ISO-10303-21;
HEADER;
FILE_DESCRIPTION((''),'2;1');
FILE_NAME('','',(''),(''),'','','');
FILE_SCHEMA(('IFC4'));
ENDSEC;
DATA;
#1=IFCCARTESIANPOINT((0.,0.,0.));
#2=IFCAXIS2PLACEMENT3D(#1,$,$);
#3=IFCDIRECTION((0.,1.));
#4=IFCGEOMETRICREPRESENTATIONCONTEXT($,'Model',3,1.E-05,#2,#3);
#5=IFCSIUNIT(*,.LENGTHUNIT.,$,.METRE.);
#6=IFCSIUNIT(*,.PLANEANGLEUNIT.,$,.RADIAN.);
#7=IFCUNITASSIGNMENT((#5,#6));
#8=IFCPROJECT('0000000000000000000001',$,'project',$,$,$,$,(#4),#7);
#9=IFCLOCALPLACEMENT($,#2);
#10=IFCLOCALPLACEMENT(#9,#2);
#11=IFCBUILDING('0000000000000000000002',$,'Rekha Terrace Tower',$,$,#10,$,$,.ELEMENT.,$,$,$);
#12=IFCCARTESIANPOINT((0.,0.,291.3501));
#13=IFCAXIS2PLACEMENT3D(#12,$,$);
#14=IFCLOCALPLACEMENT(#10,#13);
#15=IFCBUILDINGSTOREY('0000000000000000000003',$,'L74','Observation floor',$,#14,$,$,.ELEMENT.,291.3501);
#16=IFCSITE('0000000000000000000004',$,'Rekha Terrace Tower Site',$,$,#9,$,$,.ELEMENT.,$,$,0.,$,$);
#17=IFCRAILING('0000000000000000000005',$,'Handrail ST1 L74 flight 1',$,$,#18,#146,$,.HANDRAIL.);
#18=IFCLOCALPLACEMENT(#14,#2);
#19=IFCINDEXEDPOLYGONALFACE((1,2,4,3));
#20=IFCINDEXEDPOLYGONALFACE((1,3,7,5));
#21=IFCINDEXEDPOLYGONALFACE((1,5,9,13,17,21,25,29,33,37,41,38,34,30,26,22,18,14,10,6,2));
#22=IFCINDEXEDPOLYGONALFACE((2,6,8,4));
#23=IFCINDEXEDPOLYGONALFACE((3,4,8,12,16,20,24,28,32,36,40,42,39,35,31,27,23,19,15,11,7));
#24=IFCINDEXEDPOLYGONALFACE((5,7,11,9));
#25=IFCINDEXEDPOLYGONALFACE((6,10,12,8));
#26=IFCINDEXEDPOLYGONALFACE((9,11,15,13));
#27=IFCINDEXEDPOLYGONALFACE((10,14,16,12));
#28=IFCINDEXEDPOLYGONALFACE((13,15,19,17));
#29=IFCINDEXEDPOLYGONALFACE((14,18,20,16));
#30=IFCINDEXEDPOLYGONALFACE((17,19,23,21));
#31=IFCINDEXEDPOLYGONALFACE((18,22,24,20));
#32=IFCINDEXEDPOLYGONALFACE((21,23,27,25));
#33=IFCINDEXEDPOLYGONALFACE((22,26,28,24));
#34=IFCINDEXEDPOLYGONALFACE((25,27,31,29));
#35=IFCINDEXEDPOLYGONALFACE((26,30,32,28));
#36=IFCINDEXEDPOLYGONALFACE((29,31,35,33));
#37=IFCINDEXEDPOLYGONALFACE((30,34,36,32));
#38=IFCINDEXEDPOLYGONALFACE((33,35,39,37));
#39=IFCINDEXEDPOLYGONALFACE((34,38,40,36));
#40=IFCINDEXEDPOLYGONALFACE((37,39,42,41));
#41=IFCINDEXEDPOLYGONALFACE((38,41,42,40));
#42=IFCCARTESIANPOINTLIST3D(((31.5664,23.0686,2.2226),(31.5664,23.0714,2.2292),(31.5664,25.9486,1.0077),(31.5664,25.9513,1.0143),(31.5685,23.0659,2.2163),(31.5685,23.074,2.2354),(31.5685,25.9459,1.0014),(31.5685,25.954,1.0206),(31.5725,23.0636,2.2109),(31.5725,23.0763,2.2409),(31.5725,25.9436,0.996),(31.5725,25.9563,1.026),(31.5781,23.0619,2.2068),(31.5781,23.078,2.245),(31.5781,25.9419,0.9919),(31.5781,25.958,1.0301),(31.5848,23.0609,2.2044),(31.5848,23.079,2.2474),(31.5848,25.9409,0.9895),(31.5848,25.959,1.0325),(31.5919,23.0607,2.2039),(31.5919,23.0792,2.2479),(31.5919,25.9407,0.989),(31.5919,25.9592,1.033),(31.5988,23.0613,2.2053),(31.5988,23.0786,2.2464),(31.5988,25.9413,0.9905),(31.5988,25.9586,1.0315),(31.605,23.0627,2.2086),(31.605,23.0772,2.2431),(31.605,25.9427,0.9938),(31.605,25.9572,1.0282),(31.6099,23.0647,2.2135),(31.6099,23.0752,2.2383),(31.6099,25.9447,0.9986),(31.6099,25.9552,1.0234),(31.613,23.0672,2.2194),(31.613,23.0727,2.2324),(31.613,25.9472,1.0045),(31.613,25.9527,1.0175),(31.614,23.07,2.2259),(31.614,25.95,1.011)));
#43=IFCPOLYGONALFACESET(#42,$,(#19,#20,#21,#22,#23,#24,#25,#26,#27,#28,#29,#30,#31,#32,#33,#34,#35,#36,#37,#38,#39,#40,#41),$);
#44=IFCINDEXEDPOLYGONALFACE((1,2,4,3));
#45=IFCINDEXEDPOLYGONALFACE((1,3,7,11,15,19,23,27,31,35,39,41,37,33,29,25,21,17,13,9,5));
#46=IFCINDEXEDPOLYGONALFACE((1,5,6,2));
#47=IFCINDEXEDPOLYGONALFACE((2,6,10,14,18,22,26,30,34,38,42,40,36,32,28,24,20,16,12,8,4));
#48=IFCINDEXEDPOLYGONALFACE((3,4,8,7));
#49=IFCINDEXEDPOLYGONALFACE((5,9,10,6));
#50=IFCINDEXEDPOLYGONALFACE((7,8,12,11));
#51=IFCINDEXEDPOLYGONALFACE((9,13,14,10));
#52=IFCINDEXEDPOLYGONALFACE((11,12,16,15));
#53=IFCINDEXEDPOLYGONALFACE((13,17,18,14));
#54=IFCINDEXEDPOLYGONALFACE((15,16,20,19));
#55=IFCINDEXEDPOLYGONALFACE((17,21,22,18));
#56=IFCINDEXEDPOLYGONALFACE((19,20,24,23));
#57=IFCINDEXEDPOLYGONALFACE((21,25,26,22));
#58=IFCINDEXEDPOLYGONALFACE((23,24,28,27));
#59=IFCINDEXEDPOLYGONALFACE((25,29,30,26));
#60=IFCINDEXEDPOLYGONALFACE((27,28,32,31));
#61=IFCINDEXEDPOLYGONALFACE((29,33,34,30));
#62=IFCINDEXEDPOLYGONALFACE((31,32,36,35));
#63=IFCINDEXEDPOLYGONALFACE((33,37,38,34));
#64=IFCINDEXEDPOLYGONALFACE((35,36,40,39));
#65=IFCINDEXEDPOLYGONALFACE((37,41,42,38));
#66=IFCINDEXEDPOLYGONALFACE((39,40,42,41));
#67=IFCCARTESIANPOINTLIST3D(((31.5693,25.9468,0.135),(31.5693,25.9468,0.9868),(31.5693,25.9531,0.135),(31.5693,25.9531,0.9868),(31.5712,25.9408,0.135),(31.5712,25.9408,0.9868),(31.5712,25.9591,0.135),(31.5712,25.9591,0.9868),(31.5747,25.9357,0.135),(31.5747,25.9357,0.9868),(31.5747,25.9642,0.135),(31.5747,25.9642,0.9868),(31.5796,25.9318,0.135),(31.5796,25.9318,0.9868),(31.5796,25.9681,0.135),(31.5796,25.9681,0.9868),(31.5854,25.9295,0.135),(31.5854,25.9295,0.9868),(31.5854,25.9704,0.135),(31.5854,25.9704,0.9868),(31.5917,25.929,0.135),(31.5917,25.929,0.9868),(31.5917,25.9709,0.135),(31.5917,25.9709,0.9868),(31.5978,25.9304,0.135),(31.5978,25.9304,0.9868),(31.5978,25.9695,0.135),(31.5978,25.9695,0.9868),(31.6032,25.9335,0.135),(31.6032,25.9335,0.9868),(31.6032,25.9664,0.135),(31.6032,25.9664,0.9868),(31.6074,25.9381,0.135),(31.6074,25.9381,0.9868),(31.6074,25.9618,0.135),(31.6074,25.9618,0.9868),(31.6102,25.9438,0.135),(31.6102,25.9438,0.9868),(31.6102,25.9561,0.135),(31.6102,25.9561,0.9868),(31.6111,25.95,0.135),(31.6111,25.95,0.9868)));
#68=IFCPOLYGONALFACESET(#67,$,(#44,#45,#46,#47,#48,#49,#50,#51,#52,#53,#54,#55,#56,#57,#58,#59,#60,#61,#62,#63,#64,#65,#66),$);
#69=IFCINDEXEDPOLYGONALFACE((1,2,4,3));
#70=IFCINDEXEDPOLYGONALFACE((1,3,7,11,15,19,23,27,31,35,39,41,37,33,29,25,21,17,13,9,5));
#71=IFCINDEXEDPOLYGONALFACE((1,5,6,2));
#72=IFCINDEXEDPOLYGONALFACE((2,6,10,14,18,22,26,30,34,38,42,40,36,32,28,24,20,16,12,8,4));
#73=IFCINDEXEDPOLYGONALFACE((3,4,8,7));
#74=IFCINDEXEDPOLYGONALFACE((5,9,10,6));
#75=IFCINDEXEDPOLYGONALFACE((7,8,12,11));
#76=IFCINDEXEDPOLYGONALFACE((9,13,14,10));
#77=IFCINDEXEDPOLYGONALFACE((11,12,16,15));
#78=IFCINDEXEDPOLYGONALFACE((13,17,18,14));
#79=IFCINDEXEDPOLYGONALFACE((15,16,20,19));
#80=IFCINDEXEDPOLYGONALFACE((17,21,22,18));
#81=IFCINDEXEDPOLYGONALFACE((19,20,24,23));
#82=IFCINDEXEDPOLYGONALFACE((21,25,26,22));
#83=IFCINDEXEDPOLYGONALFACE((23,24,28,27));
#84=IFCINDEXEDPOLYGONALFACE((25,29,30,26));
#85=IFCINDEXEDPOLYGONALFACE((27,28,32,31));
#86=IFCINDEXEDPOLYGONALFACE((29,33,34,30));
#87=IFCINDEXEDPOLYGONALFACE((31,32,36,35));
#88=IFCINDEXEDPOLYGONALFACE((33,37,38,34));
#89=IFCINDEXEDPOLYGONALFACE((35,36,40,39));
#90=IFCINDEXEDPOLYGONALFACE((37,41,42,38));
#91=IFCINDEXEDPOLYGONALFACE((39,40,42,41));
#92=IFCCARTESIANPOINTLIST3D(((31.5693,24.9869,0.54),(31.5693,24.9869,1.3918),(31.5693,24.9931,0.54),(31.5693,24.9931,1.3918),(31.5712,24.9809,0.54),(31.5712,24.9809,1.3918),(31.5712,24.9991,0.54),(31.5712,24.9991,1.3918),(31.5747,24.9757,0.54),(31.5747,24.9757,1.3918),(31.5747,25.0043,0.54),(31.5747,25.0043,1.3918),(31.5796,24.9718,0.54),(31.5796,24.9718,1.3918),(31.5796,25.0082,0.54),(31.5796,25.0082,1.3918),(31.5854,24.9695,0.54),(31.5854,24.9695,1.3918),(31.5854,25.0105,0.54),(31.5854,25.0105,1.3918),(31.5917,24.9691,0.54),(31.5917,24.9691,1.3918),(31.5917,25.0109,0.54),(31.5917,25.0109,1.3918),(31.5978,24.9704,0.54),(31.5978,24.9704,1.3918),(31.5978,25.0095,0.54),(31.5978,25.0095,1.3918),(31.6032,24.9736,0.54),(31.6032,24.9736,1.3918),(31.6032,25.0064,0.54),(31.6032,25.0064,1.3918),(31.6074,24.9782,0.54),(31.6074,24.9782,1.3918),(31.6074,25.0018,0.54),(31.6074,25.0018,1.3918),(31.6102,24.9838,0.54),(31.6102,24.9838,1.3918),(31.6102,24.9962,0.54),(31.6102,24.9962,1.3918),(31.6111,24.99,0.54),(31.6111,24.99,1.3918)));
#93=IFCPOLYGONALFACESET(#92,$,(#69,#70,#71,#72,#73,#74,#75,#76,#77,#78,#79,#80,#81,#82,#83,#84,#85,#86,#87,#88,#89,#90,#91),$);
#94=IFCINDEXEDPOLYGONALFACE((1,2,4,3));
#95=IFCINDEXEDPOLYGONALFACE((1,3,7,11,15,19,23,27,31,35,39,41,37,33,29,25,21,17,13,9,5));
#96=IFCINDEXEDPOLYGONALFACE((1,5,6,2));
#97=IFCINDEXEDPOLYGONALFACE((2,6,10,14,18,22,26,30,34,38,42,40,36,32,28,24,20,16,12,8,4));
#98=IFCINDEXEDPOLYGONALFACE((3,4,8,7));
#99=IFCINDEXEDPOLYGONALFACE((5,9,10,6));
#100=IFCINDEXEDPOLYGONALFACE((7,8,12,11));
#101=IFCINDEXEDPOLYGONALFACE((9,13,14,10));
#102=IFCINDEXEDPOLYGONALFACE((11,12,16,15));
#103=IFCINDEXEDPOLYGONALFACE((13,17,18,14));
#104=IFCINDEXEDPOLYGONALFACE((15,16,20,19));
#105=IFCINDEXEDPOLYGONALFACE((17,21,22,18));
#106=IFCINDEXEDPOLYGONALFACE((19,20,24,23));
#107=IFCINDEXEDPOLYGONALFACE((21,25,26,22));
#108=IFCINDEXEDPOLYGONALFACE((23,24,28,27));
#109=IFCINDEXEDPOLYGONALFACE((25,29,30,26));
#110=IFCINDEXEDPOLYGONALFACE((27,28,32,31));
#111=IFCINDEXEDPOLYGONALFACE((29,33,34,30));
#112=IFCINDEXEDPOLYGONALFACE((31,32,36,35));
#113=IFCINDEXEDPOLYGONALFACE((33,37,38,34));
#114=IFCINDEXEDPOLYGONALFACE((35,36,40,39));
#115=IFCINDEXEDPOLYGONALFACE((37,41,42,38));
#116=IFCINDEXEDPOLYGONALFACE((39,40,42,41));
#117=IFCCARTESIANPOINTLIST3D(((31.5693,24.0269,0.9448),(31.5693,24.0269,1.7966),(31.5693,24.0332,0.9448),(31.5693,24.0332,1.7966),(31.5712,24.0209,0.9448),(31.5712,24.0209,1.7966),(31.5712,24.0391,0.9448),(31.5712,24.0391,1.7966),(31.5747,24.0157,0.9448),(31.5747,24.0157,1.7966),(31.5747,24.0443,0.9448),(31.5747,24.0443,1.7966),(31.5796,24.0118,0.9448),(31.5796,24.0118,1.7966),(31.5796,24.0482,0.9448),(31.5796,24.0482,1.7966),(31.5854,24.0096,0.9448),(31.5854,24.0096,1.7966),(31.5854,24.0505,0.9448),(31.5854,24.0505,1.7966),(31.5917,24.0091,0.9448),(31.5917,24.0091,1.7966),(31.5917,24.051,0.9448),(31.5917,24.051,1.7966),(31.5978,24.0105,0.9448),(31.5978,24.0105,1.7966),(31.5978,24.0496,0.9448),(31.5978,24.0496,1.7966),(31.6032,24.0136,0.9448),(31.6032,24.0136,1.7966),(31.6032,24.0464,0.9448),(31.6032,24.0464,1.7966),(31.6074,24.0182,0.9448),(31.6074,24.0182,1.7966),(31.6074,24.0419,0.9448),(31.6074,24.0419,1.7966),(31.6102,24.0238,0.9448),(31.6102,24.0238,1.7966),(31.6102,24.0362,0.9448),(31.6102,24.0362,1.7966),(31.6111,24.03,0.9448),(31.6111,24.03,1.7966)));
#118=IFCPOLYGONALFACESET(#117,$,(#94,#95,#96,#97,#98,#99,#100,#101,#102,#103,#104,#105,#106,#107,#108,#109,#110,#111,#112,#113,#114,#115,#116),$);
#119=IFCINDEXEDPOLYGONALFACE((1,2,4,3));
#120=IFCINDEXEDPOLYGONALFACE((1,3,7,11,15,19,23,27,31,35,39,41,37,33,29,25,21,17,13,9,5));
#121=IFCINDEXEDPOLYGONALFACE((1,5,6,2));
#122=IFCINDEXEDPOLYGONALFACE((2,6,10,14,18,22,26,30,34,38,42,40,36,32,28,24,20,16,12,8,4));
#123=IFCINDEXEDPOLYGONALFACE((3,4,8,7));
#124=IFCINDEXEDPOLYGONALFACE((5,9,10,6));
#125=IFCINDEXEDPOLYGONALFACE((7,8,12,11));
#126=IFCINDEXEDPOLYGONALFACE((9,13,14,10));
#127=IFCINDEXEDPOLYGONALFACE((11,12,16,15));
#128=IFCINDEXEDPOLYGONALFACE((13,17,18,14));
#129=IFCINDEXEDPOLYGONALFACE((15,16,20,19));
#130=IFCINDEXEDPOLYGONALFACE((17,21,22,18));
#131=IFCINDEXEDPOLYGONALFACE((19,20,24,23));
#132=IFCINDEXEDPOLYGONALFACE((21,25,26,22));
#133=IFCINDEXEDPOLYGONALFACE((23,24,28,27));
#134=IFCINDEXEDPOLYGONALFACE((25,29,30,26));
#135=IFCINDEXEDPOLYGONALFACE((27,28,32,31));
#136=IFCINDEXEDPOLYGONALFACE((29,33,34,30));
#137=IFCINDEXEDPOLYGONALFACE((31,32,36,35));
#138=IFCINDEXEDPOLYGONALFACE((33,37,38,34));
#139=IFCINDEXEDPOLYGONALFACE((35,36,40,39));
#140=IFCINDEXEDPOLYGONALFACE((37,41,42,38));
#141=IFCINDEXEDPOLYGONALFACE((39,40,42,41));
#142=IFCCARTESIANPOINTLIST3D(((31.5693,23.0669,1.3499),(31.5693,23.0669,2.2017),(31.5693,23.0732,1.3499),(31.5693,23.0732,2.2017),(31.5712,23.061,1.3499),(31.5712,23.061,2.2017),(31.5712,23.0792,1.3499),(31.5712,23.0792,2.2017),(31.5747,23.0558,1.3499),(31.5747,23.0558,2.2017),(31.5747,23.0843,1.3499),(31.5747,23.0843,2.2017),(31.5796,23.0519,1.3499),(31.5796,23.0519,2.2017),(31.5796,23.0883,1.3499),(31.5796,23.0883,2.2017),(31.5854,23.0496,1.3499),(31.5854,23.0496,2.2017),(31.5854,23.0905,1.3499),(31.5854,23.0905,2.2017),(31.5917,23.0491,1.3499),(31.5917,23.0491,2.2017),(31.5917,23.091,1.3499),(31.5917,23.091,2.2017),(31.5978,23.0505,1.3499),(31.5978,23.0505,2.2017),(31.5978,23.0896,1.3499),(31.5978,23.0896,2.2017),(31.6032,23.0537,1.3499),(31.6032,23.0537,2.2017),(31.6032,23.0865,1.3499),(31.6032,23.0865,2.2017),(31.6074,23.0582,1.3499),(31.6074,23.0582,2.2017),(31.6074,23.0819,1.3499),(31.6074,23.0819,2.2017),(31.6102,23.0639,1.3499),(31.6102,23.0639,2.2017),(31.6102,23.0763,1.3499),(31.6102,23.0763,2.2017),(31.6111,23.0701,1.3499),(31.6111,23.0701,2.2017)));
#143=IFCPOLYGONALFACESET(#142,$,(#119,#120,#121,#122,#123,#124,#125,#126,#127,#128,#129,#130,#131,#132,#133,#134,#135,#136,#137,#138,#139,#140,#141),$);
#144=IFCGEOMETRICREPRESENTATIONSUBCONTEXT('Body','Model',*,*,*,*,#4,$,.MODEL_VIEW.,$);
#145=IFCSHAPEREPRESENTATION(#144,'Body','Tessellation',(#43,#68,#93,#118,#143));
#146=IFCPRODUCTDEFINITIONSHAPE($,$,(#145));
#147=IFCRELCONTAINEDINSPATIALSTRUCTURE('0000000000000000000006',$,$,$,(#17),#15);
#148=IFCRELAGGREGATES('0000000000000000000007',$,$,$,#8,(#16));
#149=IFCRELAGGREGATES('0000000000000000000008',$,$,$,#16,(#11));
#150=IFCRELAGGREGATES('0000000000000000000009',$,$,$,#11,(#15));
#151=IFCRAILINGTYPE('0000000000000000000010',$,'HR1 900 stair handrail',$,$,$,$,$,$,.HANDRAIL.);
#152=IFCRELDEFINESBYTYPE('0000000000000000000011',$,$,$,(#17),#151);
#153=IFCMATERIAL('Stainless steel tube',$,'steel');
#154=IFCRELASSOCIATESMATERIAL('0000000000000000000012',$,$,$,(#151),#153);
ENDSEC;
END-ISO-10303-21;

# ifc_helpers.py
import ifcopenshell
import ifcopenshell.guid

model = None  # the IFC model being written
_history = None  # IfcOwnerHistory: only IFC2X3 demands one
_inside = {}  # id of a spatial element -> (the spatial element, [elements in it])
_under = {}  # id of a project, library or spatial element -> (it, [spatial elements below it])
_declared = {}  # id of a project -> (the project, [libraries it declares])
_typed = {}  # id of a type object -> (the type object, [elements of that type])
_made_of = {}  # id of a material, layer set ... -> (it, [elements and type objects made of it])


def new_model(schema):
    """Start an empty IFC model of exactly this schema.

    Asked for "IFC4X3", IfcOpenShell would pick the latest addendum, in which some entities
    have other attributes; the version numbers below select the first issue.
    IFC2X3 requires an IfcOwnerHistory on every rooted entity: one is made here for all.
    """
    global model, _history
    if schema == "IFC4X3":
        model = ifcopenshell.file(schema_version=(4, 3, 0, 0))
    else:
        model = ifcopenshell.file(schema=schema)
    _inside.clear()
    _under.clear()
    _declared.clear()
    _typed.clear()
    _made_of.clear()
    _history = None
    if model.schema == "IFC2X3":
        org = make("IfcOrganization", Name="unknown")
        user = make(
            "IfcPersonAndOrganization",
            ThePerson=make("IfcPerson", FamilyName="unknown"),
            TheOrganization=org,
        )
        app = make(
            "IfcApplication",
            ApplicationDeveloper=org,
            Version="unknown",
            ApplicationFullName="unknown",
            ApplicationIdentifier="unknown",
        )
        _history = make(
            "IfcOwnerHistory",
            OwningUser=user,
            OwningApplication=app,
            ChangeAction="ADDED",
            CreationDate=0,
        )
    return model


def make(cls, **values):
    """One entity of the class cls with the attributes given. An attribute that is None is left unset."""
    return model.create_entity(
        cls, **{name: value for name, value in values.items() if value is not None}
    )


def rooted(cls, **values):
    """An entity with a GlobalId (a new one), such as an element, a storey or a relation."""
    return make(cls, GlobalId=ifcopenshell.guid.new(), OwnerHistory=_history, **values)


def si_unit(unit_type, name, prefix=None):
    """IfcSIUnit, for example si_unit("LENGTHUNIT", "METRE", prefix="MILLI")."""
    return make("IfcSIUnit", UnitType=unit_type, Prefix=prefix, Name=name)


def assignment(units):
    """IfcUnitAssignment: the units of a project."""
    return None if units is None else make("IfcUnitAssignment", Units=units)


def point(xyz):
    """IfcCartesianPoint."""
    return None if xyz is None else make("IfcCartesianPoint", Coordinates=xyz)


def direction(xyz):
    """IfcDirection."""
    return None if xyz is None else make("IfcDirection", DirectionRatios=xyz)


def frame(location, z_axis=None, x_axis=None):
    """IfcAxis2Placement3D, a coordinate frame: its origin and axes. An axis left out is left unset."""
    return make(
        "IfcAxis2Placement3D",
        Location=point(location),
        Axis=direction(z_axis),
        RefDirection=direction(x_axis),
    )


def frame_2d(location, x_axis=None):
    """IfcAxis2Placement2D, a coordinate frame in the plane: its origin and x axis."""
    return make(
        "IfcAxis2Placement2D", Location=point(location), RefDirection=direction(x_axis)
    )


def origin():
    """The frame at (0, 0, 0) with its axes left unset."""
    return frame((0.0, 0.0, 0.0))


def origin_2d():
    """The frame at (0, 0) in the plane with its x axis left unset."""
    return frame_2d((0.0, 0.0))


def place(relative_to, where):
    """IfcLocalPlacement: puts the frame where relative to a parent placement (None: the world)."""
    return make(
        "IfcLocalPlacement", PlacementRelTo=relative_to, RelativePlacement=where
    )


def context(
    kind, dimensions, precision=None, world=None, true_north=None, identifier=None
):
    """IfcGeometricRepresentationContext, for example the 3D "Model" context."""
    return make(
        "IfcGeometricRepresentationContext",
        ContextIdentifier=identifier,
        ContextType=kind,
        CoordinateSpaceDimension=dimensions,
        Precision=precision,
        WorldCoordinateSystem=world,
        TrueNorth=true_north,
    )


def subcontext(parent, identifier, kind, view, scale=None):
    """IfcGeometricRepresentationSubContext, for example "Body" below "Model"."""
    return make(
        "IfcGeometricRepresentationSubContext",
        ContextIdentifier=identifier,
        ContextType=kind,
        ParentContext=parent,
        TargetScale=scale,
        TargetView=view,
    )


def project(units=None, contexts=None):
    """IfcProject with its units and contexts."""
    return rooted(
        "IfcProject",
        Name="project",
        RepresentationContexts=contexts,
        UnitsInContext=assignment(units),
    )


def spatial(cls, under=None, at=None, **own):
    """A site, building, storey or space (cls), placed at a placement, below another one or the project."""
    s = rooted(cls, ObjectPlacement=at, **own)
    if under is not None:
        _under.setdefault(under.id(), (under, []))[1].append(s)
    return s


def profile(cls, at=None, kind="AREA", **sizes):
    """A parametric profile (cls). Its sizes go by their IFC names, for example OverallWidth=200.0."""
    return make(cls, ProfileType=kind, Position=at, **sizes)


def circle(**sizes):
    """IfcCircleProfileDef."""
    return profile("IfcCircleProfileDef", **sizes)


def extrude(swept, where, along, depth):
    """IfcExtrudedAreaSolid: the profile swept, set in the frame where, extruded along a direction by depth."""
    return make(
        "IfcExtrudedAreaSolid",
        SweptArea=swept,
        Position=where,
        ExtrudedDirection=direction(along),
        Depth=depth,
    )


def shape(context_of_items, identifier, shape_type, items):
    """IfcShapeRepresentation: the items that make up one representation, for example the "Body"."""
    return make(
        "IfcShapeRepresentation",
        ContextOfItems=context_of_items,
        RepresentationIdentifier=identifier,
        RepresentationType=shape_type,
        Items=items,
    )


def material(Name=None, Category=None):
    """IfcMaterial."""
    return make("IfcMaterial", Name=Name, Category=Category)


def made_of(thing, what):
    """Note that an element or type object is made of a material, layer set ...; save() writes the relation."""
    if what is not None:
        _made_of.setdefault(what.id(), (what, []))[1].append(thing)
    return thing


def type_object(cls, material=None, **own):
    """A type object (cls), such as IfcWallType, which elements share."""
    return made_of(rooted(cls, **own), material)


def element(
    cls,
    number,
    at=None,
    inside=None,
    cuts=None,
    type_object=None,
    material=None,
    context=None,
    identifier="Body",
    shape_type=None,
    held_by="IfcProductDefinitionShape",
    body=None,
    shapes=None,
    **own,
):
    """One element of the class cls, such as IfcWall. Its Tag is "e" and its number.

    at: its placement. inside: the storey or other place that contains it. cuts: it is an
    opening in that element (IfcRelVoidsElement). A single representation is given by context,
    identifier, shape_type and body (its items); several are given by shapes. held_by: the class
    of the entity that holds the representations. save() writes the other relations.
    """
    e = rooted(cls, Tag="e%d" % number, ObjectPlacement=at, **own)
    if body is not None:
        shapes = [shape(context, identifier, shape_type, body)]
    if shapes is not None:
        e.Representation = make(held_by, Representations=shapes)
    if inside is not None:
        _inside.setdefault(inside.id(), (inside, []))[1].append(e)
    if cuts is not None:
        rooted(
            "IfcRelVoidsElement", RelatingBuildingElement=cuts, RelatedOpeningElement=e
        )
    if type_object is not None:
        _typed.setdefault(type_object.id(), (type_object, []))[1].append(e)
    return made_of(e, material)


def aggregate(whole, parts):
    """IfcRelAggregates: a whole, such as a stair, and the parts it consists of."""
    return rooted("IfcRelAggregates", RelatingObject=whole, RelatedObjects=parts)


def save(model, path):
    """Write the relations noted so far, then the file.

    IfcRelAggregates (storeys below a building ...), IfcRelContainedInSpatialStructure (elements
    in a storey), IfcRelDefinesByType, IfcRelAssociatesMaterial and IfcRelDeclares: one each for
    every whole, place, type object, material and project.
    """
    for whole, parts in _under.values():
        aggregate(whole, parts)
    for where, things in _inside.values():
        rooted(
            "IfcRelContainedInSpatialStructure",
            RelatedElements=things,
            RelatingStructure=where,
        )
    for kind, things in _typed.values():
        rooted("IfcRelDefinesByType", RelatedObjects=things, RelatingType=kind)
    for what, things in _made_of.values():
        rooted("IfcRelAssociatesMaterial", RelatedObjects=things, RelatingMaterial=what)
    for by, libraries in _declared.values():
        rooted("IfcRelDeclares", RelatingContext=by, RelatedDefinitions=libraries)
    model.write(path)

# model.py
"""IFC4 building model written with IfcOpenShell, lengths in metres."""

from ifc_helpers import new_model, si_unit, direction, frame, origin, origin_2d, place, context, subcontext, project, spatial, circle, extrude, material, type_object, element, save


model = new_model("IFC4")

# Units and contexts
model_context = context("Model", 3, precision=1e-05, world=origin(), true_north=direction((0.0, 1.0)))
body_context = subcontext(model_context, "Body", "Model", "MODEL_VIEW")
ifc_project = project(units=[si_unit("LENGTHUNIT", "METRE"), si_unit("PLANEANGLEUNIT", "RADIAN")], contexts=[model_context])

# Site, building, storey
site_placement = place(None, origin())
site = spatial("IfcSite", under=ifc_project, at=site_placement, Name="Rekha Terrace Tower Site", CompositionType="ELEMENT", RefElevation=0.0)
building_placement = place(site_placement, origin())
building = spatial("IfcBuilding", under=site, at=building_placement, Name="Rekha Terrace Tower", CompositionType="ELEMENT")
storey_placement = place(building_placement, frame((0.0, 0.0, 291.3501)))
storey = spatial("IfcBuildingStorey", under=building, at=storey_placement, Name="L74", Description="Observation floor", CompositionType="ELEMENT", Elevation=291.3501)

# Railing
ifc_material_1 = material(Name="Stainless steel tube", Category="steel")
railing_type_1 = type_object("IfcRailingType", Name="HR1 900 stair handrail", PredefinedType="HANDRAIL", material=ifc_material_1)
railing_1_placement = place(storey_placement, frame((31.5901, 25.95, 0.135)))
element("IfcRailing", 1, at=railing_1_placement, inside=storey, type_object=railing_type_1, Name="Handrail ST1 L74 flight 1", PredefinedType="HANDRAIL", context=body_context, shape_type="SweptSolid", body=[
    extrude(circle(Radius=0.0239, at=origin_2d()), frame((0.0, 0.0, 0.876), z_axis=(0.0, -0.921376, 0.388671), x_axis=(1.0, 0.0, 0.0)), (0.0, 0.0, 1.0), 3.1257),
    extrude(circle(Radius=0.021, at=origin_2d()), origin(), (0.0, 0.0, 1.0), 0.8518),
    extrude(circle(Radius=0.021, at=origin_2d()), frame((0.0, -0.96, 0.405)), (0.0, 0.0, 1.0), 0.8518),
    extrude(circle(Radius=0.021, at=origin_2d()), frame((0.0, -1.9199, 0.8098)), (0.0, 0.0, 1.0), 0.8518),
    extrude(circle(Radius=0.021, at=origin_2d()), frame((0.0, -2.8799, 1.2148)), (0.0, 0.0, 1.0), 0.8518),
])

save(model, "model.ifc")
